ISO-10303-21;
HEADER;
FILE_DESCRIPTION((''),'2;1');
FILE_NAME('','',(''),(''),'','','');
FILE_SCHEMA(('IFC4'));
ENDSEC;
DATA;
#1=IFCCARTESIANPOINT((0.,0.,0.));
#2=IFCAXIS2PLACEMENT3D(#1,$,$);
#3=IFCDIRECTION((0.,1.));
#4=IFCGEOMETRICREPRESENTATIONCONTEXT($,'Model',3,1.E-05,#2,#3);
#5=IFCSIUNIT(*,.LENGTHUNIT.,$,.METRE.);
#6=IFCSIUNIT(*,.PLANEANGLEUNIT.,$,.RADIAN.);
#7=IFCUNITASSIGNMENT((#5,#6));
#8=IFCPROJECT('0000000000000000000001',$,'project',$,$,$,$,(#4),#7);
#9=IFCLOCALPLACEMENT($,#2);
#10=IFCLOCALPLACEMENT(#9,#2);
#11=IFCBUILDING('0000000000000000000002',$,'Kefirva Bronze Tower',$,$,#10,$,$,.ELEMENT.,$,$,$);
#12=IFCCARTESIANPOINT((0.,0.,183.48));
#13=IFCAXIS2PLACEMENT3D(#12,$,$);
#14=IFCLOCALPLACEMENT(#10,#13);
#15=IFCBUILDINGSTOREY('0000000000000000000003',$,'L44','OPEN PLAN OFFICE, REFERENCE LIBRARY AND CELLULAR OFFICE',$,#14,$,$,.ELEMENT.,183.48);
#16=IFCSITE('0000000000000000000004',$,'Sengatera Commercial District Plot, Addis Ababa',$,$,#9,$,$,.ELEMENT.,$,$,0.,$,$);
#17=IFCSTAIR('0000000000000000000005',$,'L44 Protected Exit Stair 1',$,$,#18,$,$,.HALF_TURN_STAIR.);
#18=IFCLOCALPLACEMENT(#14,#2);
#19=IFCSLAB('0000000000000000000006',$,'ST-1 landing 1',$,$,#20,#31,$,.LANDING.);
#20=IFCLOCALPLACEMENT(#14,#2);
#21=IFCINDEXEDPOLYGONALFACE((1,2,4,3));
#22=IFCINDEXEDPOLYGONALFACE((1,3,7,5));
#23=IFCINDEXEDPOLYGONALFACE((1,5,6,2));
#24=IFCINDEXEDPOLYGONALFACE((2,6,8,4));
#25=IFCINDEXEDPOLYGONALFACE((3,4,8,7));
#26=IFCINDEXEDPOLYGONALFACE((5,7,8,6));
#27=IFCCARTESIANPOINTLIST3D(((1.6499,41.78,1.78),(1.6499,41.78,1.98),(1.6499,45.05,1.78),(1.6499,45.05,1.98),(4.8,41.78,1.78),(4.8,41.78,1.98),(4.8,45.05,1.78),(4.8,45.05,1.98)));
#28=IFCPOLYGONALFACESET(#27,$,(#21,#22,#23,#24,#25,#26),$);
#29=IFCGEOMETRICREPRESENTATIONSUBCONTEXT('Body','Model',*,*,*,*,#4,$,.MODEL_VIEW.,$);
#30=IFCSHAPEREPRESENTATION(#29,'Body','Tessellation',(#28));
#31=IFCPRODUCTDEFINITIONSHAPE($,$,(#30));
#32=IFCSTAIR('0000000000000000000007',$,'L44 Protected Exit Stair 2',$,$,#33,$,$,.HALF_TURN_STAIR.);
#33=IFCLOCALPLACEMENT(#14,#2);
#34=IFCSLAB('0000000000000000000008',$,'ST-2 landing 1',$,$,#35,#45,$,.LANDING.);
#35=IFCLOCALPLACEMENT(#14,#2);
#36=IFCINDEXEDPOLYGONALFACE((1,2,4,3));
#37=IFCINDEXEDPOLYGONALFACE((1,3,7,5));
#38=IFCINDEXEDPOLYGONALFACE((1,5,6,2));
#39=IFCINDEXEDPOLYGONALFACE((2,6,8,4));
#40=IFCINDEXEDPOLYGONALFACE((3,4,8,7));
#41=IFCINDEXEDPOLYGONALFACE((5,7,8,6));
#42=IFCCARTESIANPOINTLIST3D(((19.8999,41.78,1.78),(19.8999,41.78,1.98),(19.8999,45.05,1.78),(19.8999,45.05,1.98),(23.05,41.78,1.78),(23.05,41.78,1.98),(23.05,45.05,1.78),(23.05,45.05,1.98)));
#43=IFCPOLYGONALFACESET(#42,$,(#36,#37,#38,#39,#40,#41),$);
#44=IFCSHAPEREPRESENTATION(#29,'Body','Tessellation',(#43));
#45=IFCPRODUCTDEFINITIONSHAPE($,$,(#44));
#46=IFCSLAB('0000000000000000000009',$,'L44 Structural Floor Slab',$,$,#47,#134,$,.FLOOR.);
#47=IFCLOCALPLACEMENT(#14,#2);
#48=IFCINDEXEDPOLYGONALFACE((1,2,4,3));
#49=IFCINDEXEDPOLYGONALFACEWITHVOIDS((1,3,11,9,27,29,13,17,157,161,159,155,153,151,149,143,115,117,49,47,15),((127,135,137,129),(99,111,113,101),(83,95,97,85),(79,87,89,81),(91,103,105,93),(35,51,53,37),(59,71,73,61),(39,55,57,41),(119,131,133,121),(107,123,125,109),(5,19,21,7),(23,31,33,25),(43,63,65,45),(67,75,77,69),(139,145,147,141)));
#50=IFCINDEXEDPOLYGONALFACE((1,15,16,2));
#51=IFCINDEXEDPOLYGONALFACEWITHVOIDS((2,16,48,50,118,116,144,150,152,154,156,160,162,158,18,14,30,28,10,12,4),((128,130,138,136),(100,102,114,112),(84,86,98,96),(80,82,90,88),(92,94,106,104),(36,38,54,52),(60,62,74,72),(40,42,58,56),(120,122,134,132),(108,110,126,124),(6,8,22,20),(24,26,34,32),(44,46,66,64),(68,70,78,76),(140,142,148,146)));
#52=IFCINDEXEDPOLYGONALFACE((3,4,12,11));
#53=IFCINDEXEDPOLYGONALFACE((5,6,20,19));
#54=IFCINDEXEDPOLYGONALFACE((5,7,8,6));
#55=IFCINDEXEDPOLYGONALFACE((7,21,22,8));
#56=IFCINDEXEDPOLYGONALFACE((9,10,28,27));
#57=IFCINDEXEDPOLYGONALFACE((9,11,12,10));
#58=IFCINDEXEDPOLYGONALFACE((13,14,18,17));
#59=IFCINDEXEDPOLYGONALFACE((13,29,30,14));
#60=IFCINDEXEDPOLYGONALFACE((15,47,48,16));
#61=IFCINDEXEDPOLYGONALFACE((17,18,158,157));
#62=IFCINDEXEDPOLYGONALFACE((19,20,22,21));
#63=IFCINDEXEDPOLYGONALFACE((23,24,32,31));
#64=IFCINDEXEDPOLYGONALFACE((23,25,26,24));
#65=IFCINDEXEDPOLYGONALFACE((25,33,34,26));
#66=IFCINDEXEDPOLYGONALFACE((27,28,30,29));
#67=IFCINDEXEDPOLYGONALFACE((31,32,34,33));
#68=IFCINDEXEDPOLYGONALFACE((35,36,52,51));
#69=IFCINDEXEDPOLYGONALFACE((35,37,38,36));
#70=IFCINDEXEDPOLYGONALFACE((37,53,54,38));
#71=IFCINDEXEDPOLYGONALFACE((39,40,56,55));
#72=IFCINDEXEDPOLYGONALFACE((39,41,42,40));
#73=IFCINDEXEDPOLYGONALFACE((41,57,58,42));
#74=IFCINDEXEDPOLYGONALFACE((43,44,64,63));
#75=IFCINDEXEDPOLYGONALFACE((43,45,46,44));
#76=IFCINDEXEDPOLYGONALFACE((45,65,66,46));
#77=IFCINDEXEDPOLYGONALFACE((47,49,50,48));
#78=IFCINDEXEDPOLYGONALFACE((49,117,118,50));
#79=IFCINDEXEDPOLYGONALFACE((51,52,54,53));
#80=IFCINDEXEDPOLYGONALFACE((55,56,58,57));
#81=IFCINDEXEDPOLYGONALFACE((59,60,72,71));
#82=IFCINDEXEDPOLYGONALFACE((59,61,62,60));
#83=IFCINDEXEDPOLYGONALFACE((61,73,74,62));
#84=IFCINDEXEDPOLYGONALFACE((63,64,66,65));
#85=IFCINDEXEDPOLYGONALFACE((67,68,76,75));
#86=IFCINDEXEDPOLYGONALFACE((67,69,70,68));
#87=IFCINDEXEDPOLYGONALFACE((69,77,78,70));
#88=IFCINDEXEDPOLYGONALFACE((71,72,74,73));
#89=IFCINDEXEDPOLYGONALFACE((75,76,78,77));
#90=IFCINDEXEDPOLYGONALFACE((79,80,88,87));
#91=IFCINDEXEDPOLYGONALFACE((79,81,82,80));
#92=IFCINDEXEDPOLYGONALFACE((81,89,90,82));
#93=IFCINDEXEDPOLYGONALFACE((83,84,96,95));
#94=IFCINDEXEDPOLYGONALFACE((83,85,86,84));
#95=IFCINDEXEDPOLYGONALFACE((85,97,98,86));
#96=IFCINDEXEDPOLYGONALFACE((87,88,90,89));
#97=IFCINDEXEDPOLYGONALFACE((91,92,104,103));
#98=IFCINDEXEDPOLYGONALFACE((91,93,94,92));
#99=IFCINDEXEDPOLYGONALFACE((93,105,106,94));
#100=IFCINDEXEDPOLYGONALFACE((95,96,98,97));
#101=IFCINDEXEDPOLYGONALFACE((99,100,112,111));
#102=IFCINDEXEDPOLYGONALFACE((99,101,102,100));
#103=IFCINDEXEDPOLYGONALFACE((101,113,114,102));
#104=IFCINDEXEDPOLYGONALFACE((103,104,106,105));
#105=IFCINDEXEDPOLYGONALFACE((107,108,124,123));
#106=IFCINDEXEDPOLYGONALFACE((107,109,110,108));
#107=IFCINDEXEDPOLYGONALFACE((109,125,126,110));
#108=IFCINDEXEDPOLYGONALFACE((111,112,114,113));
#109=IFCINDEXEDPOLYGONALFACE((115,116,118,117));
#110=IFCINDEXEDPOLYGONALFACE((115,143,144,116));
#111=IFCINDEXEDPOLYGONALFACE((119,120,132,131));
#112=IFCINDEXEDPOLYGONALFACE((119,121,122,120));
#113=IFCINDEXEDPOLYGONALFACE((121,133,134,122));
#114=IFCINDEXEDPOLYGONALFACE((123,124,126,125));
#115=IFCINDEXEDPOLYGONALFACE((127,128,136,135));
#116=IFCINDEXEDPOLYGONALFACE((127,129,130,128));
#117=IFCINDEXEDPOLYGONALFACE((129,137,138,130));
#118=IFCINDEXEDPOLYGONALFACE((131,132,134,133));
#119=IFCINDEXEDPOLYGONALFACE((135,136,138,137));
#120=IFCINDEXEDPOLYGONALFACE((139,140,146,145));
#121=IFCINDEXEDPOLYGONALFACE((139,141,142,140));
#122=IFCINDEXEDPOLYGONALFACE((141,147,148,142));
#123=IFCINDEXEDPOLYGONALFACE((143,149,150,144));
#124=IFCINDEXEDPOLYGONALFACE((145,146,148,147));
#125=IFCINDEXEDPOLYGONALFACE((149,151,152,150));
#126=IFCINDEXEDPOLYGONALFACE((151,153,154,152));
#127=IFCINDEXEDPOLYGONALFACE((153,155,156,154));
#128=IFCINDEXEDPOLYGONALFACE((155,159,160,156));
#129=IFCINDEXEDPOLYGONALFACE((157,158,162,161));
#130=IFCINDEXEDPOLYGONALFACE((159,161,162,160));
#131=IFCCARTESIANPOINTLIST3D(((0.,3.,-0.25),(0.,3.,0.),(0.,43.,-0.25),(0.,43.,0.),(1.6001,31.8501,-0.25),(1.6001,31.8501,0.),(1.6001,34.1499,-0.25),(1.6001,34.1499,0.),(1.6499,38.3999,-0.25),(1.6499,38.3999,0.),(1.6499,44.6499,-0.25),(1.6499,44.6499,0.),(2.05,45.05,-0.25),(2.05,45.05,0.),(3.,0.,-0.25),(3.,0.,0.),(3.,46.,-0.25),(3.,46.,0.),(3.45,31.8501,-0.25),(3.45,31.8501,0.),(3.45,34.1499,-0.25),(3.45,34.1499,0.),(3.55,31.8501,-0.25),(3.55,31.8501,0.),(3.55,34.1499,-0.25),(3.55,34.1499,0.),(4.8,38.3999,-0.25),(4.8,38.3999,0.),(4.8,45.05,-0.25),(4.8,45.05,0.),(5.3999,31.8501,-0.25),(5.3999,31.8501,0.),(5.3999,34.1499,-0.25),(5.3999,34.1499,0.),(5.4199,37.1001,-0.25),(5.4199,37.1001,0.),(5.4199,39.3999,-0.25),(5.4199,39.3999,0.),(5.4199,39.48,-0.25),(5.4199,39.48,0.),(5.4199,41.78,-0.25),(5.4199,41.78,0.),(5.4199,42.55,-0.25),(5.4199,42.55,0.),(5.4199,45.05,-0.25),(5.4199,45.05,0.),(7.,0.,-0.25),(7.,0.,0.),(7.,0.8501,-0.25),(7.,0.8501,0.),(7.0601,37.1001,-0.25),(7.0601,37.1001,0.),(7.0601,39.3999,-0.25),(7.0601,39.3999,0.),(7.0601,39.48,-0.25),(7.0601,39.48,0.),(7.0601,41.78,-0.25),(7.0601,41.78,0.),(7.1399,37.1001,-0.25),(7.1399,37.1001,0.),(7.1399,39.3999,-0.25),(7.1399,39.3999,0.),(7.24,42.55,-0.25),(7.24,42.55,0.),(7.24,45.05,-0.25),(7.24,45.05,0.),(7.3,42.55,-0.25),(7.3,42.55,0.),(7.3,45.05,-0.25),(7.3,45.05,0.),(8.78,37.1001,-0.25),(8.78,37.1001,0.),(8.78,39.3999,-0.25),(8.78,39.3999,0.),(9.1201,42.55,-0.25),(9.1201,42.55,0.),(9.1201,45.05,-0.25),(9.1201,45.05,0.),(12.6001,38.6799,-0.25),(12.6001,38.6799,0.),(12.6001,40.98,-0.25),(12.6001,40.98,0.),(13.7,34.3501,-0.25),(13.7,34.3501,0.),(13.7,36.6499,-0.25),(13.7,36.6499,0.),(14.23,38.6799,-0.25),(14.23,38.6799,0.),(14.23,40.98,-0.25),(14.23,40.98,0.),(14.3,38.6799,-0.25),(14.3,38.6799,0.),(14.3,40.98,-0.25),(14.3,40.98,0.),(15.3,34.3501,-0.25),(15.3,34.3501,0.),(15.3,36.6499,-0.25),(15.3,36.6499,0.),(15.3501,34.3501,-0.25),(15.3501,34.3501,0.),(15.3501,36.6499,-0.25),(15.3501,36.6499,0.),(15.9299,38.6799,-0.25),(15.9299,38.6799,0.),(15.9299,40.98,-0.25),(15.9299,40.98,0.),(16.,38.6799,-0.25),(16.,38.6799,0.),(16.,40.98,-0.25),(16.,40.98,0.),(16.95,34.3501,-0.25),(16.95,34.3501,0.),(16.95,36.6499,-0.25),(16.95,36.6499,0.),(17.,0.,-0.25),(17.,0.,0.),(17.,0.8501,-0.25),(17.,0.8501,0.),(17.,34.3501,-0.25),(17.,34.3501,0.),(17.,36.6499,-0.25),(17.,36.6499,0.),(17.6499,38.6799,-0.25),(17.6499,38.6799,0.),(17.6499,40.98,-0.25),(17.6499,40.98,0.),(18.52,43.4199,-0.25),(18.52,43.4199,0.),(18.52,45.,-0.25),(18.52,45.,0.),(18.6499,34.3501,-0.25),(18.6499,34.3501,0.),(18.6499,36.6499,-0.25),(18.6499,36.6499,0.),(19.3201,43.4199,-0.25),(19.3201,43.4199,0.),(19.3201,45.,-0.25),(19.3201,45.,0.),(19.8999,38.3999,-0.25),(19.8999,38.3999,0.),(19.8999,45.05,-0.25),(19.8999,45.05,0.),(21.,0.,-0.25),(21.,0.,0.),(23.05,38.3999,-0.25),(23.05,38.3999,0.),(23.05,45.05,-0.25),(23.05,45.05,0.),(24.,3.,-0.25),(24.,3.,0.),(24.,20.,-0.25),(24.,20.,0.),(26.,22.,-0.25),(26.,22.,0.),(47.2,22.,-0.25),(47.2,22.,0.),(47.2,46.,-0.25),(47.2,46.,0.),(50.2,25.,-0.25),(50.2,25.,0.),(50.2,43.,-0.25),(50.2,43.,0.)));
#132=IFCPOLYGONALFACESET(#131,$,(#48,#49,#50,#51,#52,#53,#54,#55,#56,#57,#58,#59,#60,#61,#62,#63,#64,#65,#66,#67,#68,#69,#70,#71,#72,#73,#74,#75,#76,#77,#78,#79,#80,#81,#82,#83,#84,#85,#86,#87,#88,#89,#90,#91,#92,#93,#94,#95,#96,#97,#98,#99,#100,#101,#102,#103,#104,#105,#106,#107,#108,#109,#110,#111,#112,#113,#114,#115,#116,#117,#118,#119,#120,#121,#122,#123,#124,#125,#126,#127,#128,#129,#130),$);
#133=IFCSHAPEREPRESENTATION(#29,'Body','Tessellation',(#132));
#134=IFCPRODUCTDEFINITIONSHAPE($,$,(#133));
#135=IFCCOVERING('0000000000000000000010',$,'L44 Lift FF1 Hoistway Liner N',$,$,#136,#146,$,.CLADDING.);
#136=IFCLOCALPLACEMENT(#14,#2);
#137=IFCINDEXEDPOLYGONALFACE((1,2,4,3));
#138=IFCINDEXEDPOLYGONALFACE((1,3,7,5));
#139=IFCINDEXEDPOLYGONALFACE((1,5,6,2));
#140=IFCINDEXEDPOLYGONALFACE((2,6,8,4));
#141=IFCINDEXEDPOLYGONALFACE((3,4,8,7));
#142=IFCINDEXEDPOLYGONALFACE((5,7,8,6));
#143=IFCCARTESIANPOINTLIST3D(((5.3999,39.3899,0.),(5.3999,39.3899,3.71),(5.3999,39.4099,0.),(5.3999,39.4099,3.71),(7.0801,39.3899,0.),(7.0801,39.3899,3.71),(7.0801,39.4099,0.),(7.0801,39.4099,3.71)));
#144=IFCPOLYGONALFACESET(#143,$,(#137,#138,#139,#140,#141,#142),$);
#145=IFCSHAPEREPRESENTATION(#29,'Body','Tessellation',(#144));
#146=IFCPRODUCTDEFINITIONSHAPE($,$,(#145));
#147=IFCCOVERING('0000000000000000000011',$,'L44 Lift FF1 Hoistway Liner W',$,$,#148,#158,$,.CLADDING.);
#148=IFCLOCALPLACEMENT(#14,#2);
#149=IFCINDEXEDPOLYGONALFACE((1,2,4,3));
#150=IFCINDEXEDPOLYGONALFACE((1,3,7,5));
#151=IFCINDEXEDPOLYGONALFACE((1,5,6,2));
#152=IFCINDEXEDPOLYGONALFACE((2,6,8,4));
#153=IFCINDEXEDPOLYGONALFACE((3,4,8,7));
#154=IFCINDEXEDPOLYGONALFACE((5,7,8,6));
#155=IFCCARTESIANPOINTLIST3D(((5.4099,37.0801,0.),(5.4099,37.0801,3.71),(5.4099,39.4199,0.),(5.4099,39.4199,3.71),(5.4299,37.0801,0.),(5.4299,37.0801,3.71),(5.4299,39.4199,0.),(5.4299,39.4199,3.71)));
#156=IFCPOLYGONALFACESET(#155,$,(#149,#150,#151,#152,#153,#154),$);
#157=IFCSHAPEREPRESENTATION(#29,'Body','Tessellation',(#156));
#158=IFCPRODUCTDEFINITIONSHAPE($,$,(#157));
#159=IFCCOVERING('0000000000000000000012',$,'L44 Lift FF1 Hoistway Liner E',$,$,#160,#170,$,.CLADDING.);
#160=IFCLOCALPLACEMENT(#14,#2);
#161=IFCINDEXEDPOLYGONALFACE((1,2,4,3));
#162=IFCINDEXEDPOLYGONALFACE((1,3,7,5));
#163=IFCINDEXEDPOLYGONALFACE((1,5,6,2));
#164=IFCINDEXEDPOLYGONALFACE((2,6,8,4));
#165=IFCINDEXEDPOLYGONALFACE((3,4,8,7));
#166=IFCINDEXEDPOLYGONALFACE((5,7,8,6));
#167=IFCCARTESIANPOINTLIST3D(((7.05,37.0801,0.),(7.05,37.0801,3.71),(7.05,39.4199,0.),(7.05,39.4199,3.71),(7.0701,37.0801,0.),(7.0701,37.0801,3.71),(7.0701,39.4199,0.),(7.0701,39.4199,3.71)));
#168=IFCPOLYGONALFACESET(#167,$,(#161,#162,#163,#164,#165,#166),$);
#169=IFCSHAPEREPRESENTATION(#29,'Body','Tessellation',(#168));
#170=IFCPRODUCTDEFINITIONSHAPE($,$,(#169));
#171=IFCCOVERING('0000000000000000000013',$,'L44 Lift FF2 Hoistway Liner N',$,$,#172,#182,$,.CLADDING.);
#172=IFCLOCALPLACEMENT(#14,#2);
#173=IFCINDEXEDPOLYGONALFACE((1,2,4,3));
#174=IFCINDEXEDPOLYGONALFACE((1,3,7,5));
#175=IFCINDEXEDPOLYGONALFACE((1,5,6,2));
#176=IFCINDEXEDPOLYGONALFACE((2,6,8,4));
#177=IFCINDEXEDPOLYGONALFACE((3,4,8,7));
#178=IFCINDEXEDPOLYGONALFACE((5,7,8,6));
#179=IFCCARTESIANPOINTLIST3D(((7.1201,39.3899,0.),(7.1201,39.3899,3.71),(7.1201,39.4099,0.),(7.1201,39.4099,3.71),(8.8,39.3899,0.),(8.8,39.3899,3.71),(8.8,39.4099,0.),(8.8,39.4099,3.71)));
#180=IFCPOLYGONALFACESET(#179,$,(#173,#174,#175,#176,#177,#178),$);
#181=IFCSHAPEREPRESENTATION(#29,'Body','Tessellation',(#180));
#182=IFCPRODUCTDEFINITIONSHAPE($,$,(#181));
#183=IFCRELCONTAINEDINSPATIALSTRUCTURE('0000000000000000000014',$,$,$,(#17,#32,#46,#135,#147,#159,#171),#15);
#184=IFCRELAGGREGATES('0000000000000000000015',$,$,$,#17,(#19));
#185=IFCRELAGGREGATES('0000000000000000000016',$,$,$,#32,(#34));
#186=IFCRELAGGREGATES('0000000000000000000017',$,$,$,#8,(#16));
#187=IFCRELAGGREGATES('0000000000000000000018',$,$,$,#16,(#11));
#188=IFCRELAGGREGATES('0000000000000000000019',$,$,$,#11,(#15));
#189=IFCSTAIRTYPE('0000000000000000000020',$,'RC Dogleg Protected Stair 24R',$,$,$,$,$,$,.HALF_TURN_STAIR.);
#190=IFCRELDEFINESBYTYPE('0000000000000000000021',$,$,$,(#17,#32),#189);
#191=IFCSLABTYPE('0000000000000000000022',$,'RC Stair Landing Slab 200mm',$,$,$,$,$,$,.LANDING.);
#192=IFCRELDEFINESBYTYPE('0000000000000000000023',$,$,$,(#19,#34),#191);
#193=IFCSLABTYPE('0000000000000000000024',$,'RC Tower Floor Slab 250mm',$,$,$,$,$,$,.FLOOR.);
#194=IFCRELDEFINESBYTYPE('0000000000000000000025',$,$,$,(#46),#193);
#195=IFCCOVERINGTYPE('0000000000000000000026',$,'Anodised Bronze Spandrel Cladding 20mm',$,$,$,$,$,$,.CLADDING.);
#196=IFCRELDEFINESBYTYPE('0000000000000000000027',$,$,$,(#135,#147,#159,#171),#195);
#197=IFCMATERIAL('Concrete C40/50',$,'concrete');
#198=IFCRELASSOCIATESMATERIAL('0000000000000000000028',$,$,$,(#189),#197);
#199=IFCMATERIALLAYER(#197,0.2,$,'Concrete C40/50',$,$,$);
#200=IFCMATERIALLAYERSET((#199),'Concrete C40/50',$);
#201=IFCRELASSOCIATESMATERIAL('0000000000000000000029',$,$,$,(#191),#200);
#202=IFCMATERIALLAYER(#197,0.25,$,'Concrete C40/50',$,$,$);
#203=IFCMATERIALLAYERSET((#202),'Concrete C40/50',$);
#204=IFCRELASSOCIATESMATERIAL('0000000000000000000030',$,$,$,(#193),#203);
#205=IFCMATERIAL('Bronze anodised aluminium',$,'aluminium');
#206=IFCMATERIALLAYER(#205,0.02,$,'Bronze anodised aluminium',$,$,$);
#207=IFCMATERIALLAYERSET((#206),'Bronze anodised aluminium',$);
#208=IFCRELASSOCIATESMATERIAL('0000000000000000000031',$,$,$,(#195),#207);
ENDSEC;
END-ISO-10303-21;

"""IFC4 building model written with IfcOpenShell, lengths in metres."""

from ifc_helpers import new_model, si_unit, direction, frame, origin, place, context, subcontext, project, spatial, polyline, outline, extrude, material, layer, layer_set, type_object, element, aggregate, save


model = new_model("IFC4")

# Units and contexts
model_context = context("Model", 3, precision=1e-05, world=origin(), true_north=direction((0.0, 1.0)))
body_context = subcontext(model_context, "Body", "Model", "MODEL_VIEW")
ifc_project = project(units=[si_unit("LENGTHUNIT", "METRE"), si_unit("PLANEANGLEUNIT", "RADIAN")], contexts=[model_context])

# Site, building, storey
site_placement = place(None, origin())
site = spatial("IfcSite", under=ifc_project, at=site_placement, Name="Sengatera Commercial District Plot, Addis Ababa", CompositionType="ELEMENT", RefElevation=0.0)
building_placement = place(site_placement, origin())
building = spatial("IfcBuilding", under=site, at=building_placement, Name="Kefirva Bronze Tower", CompositionType="ELEMENT")
storey_placement = place(building_placement, frame((0.0, 0.0, 183.48)))
storey = spatial("IfcBuildingStorey", under=building, at=storey_placement, Name="L44", Description="OPEN PLAN OFFICE, REFERENCE LIBRARY AND CELLULAR OFFICE", CompositionType="ELEMENT", Elevation=183.48)

# Stairs, slabs
ifc_material_1 = material(Name="Concrete C40/50", Category="concrete")
stair_type = type_object("IfcStairType", Name="RC Dogleg Protected Stair 24R", PredefinedType="HALF_TURN_STAIR", material=ifc_material_1)
stair_1_placement = place(storey_placement, origin())
stair_1 = element("IfcStair", 1, at=stair_1_placement, inside=storey, type_object=stair_type, Name="L44 Protected Exit Stair 1", PredefinedType="HALF_TURN_STAIR")
ifc_layer_1 = layer(ifc_material_1, 0.2, Name="Concrete C40/50")
ifc_layer_set_1 = layer_set([ifc_layer_1], Name="Concrete C40/50")
slab_type_1 = type_object("IfcSlabType", Name="RC Stair Landing Slab 200mm", PredefinedType="LANDING", material=ifc_layer_set_1)
slab_1_placement = place(storey_placement, frame((0.0, 0.0, 1.78)))
slab_1 = element("IfcSlab", 2, at=slab_1_placement, type_object=slab_type_1, Name="ST-1 landing 1", PredefinedType="LANDING", context=body_context, shape_type="SweptSolid", body=[
    extrude(outline(polyline([(4.8, 41.78), (4.8, 45.05), (1.6499, 45.05), (1.6499, 41.78), (4.8, 41.78)])), origin(), (0.0, 0.0, 1.0), 0.2),
])
aggregate(stair_1, [slab_1])
stair_2_placement = place(storey_placement, origin())
stair_2 = element("IfcStair", 3, at=stair_2_placement, inside=storey, type_object=stair_type, Name="L44 Protected Exit Stair 2", PredefinedType="HALF_TURN_STAIR")
slab_2_placement = place(storey_placement, frame((0.0, 0.0, 1.78)))
slab_2 = element("IfcSlab", 4, at=slab_2_placement, type_object=slab_type_1, Name="ST-2 landing 1", PredefinedType="LANDING", context=body_context, shape_type="SweptSolid", body=[
    extrude(outline(polyline([(23.05, 41.78), (23.05, 45.05), (19.8999, 45.05), (19.8999, 41.78), (23.05, 41.78)])), origin(), (0.0, 0.0, 1.0), 0.2),
])
aggregate(stair_2, [slab_2])

# Slab
ifc_layer_2 = layer(ifc_material_1, 0.25, Name="Concrete C40/50")
ifc_layer_set_2 = layer_set([ifc_layer_2], Name="Concrete C40/50")
slab_type_2 = type_object("IfcSlabType", Name="RC Tower Floor Slab 250mm", PredefinedType="FLOOR", material=ifc_layer_set_2)
slab_3_placement = place(storey_placement, frame((0.0, 0.0, -0.25)))
element("IfcSlab", 5, at=slab_3_placement, inside=storey, type_object=slab_type_2, Name="L44 Structural Floor Slab", PredefinedType="FLOOR", context=body_context, shape_type="SweptSolid", body=[
    extrude(outline(polyline([(0.0, 3.0), (0.0, 43.0), (1.6499, 44.6499), (1.6499, 38.3999), (4.8, 38.3999), (4.8, 45.05), (2.05, 45.05), (3.0, 46.0), (47.2, 46.0), (50.2, 43.0), (50.2, 25.0), (47.2, 22.0), (26.0, 22.0), (24.0, 20.0), (24.0, 3.0), (21.0, 0.0), (17.0, 0.0), (17.0, 0.8501), (7.0, 0.8501), (7.0, 0.0), (3.0, 0.0), (0.0, 3.0)]), holes=[polyline([(23.05, 38.3999), (23.05, 45.05), (19.8999, 45.05), (19.8999, 38.3999), (23.05, 38.3999)]), polyline([(19.3201, 43.4199), (19.3201, 45.0), (18.52, 45.0), (18.52, 43.4199), (19.3201, 43.4199)]), polyline([(18.6499, 34.3501), (18.6499, 36.6499), (17.0, 36.6499), (17.0, 34.3501), (18.6499, 34.3501)]), polyline([(17.6499, 38.6799), (17.6499, 40.98), (16.0, 40.98), (16.0, 38.6799), (17.6499, 38.6799)]), polyline([(16.95, 34.3501), (16.95, 36.6499), (15.3501, 36.6499), (15.3501, 34.3501), (16.95, 34.3501)]), polyline([(15.9299, 38.6799), (15.9299, 40.98), (14.3, 40.98), (14.3, 38.6799), (15.9299, 38.6799)]), polyline([(15.3, 34.3501), (15.3, 36.6499), (13.7, 36.6499), (13.7, 34.3501), (15.3, 34.3501)]), polyline([(14.23, 38.6799), (14.23, 40.98), (12.6001, 40.98), (12.6001, 38.6799), (14.23, 38.6799)]), polyline([(9.1201, 42.55), (9.1201, 45.05), (7.3, 45.05), (7.3, 42.55), (9.1201, 42.55)]), polyline([(8.78, 37.1001), (8.78, 39.3999), (7.1399, 39.3999), (7.1399, 37.1001), (8.78, 37.1001)]), polyline([(7.24, 42.55), (7.24, 45.05), (5.4199, 45.05), (5.4199, 42.55), (7.24, 42.55)]), polyline([(7.0601, 37.1001), (7.0601, 39.3999), (5.4199, 39.3999), (5.4199, 37.1001), (7.0601, 37.1001)]), polyline([(7.0601, 39.48), (7.0601, 41.78), (5.4199, 41.78), (5.4199, 39.48), (7.0601, 39.48)]), polyline([(5.3999, 31.8501), (5.3999, 34.1499), (3.55, 34.1499), (3.55, 31.8501), (5.3999, 31.8501)]), polyline([(3.45, 31.8501), (3.45, 34.1499), (1.6001, 34.1499), (1.6001, 31.8501), (3.45, 31.8501)])]), origin(), (0.0, 0.0, 1.0), 0.25),
])

# Coverings
ifc_material_2 = material(Name="Bronze anodised aluminium", Category="aluminium")
ifc_layer_3 = layer(ifc_material_2, 0.02, Name="Bronze anodised aluminium")
ifc_layer_set_3 = layer_set([ifc_layer_3], Name="Bronze anodised aluminium")
covering_type = type_object("IfcCoveringType", Name="Anodised Bronze Spandrel Cladding 20mm", PredefinedType="CLADDING", material=ifc_layer_set_3)
covering_1_placement = place(storey_placement, origin())
element("IfcCovering", 6, at=covering_1_placement, inside=storey, type_object=covering_type, Name="L44 Lift FF1 Hoistway Liner N", PredefinedType="CLADDING", context=body_context, shape_type="SweptSolid", body=[
    extrude(outline(polyline([(5.3999, 39.3899), (7.0801, 39.3899), (7.0801, 39.4099), (5.3999, 39.4099), (5.3999, 39.3899)])), origin(), (0.0, 0.0, 1.0), 3.71),
])
covering_2_placement = place(storey_placement, origin())
element("IfcCovering", 7, at=covering_2_placement, inside=storey, type_object=covering_type, Name="L44 Lift FF1 Hoistway Liner W", PredefinedType="CLADDING", context=body_context, shape_type="SweptSolid", body=[
    extrude(outline(polyline([(5.4099, 37.0801), (5.4299, 37.0801), (5.4299, 39.4199), (5.4099, 39.4199), (5.4099, 37.0801)])), origin(), (0.0, 0.0, 1.0), 3.71),
])
covering_3_placement = place(storey_placement, origin())
element("IfcCovering", 8, at=covering_3_placement, inside=storey, type_object=covering_type, Name="L44 Lift FF1 Hoistway Liner E", PredefinedType="CLADDING", context=body_context, shape_type="SweptSolid", body=[
    extrude(outline(polyline([(7.05, 37.0801), (7.0701, 37.0801), (7.0701, 39.4199), (7.05, 39.4199), (7.05, 37.0801)])), origin(), (0.0, 0.0, 1.0), 3.71),
])
covering_4_placement = place(storey_placement, origin())
element("IfcCovering", 9, at=covering_4_placement, inside=storey, type_object=covering_type, Name="L44 Lift FF2 Hoistway Liner N", PredefinedType="CLADDING", context=body_context, shape_type="SweptSolid", body=[
    extrude(outline(polyline([(7.1201, 39.3899), (8.8, 39.3899), (8.8, 39.4099), (7.1201, 39.4099), (7.1201, 39.3899)])), origin(), (0.0, 0.0, 1.0), 3.71),
])

save(model, "model.ifc")
